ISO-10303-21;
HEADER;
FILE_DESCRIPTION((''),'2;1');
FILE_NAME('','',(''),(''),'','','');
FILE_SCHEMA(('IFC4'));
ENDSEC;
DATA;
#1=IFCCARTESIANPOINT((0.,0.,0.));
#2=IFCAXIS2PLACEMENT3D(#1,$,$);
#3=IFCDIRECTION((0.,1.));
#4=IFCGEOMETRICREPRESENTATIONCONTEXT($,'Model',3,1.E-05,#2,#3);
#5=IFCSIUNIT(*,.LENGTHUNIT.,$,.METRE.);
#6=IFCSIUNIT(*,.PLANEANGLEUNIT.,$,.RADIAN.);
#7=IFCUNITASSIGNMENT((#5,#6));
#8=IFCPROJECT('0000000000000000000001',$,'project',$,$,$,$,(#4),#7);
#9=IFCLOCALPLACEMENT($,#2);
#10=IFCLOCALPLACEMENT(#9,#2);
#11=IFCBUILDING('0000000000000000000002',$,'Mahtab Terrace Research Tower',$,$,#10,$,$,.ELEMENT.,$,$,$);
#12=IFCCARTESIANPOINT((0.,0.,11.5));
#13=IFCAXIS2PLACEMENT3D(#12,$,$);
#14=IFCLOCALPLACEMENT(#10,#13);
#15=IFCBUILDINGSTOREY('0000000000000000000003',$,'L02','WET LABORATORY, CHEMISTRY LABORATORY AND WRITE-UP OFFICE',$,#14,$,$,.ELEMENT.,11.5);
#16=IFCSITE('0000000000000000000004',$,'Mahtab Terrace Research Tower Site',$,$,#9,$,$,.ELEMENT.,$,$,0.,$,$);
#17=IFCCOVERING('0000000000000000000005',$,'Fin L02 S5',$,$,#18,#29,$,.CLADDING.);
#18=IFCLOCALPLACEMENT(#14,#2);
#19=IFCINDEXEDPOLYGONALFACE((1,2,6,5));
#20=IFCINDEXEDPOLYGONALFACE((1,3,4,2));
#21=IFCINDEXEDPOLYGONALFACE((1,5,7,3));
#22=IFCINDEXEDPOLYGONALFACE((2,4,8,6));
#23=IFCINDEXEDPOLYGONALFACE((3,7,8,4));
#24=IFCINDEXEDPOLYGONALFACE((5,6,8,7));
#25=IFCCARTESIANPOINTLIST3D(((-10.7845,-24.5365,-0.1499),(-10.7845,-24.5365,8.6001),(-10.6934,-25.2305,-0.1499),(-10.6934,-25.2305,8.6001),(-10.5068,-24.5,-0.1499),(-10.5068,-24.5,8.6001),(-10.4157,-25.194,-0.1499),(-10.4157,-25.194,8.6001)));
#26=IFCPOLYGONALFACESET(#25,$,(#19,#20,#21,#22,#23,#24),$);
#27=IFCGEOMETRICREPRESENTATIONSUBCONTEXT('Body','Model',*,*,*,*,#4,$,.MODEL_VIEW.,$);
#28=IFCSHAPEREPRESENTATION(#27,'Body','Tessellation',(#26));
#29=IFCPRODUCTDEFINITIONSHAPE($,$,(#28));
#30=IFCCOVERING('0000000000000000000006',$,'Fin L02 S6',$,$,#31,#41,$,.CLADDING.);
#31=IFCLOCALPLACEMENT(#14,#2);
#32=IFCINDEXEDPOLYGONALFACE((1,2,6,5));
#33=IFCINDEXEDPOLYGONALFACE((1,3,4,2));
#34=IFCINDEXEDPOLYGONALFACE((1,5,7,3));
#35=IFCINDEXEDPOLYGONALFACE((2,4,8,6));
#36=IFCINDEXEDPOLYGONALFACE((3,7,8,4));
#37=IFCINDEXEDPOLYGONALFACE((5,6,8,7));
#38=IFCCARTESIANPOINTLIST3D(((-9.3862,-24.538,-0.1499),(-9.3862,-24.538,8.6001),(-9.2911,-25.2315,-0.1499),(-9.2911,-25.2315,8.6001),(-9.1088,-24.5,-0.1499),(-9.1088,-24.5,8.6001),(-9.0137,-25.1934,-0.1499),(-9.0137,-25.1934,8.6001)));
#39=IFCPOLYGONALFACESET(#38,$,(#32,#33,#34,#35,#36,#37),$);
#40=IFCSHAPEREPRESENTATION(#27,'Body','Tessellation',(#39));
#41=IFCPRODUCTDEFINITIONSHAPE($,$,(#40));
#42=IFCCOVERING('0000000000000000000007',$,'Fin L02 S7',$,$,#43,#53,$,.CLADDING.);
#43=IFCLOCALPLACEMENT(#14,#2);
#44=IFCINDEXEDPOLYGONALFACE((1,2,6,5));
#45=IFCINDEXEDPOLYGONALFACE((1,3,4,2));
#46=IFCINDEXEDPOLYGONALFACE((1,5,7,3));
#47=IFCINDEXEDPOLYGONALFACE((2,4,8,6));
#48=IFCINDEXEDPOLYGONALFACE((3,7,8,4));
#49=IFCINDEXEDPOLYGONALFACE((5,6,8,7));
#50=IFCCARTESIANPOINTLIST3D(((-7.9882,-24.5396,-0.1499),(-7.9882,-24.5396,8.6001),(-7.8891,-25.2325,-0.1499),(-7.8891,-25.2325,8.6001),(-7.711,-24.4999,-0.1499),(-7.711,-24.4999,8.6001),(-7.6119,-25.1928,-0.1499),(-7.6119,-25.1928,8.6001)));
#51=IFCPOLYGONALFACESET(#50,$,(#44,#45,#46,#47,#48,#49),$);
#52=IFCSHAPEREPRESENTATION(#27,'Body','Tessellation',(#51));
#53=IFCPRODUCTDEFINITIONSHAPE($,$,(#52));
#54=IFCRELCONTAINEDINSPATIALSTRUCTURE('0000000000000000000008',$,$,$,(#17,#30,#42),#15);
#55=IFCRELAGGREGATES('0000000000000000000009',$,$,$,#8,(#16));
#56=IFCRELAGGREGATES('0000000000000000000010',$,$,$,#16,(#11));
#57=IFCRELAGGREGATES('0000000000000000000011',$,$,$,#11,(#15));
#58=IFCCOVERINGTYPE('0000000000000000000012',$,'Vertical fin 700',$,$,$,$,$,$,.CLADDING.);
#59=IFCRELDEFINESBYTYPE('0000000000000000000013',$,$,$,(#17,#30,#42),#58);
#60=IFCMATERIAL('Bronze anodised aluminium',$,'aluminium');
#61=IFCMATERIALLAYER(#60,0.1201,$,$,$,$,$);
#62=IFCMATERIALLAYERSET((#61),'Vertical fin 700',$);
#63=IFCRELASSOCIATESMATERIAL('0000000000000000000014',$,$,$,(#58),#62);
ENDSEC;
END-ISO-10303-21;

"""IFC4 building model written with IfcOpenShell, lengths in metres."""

from ifc_helpers import new_model, si_unit, direction, frame, origin, origin_2d, place, context, subcontext, project, spatial, rectangle, extrude, material, layer, layer_set, type_object, element, save


model = new_model("IFC4")

# Units and contexts
model_context = context("Model", 3, precision=1e-05, world=origin(), true_north=direction((0.0, 1.0)))
body_context = subcontext(model_context, "Body", "Model", "MODEL_VIEW")
ifc_project = project(units=[si_unit("LENGTHUNIT", "METRE"), si_unit("PLANEANGLEUNIT", "RADIAN")], contexts=[model_context])

# Site, building, storey
site_placement = place(None, origin())
site = spatial("IfcSite", under=ifc_project, at=site_placement, Name="Mahtab Terrace Research Tower Site", CompositionType="ELEMENT", RefElevation=0.0)
building_placement = place(site_placement, origin())
building = spatial("IfcBuilding", under=site, at=building_placement, Name="Mahtab Terrace Research Tower", CompositionType="ELEMENT")
storey_placement = place(building_placement, frame((0.0, 0.0, 11.5)))
storey = spatial("IfcBuildingStorey", under=building, at=storey_placement, Name="L02", Description="WET LABORATORY, CHEMISTRY LABORATORY AND WRITE-UP OFFICE", CompositionType="ELEMENT", Elevation=11.5)

# Coverings
ifc_material_1 = material(Name="Bronze anodised aluminium", Category="aluminium")
ifc_layer_1 = layer(ifc_material_1, 0.1201)
ifc_layer_set_1 = layer_set([ifc_layer_1], Name="Vertical fin 700")
covering_type_1 = type_object("IfcCoveringType", Name="Vertical fin 700", PredefinedType="CLADDING", material=ifc_layer_set_1)
for number, where, z_axis, x_axis, name in (
    (1, (-10.6001, -24.8652, -0.1499), (0.0, 0.0, 1.0), (0.991499, 0.130114, 0.0), "Fin L02 S5"),
    (2, (-9.2, -24.8657, -0.1499), (0.0, 0.0, 1.0), (0.990725, 0.13588, 0.0), "Fin L02 S6"),
    (3, (-7.8, -24.8662, -0.1499), (0.0, 0.0, 1.0), (0.989918, 0.141642, 0.0), "Fin L02 S7"),
):
    element("IfcCovering", number, at=place(storey_placement, frame(where, z_axis=z_axis, x_axis=x_axis)), inside=storey, type_object=covering_type_1, Name=name, PredefinedType="CLADDING", context=body_context, shape_type="SweptSolid", body=[
        extrude(rectangle(XDim=0.28, YDim=0.7, at=origin_2d()), origin(), (0.0, 0.0, 1.0), 8.75),
    ])

save(model, "model.ifc")
